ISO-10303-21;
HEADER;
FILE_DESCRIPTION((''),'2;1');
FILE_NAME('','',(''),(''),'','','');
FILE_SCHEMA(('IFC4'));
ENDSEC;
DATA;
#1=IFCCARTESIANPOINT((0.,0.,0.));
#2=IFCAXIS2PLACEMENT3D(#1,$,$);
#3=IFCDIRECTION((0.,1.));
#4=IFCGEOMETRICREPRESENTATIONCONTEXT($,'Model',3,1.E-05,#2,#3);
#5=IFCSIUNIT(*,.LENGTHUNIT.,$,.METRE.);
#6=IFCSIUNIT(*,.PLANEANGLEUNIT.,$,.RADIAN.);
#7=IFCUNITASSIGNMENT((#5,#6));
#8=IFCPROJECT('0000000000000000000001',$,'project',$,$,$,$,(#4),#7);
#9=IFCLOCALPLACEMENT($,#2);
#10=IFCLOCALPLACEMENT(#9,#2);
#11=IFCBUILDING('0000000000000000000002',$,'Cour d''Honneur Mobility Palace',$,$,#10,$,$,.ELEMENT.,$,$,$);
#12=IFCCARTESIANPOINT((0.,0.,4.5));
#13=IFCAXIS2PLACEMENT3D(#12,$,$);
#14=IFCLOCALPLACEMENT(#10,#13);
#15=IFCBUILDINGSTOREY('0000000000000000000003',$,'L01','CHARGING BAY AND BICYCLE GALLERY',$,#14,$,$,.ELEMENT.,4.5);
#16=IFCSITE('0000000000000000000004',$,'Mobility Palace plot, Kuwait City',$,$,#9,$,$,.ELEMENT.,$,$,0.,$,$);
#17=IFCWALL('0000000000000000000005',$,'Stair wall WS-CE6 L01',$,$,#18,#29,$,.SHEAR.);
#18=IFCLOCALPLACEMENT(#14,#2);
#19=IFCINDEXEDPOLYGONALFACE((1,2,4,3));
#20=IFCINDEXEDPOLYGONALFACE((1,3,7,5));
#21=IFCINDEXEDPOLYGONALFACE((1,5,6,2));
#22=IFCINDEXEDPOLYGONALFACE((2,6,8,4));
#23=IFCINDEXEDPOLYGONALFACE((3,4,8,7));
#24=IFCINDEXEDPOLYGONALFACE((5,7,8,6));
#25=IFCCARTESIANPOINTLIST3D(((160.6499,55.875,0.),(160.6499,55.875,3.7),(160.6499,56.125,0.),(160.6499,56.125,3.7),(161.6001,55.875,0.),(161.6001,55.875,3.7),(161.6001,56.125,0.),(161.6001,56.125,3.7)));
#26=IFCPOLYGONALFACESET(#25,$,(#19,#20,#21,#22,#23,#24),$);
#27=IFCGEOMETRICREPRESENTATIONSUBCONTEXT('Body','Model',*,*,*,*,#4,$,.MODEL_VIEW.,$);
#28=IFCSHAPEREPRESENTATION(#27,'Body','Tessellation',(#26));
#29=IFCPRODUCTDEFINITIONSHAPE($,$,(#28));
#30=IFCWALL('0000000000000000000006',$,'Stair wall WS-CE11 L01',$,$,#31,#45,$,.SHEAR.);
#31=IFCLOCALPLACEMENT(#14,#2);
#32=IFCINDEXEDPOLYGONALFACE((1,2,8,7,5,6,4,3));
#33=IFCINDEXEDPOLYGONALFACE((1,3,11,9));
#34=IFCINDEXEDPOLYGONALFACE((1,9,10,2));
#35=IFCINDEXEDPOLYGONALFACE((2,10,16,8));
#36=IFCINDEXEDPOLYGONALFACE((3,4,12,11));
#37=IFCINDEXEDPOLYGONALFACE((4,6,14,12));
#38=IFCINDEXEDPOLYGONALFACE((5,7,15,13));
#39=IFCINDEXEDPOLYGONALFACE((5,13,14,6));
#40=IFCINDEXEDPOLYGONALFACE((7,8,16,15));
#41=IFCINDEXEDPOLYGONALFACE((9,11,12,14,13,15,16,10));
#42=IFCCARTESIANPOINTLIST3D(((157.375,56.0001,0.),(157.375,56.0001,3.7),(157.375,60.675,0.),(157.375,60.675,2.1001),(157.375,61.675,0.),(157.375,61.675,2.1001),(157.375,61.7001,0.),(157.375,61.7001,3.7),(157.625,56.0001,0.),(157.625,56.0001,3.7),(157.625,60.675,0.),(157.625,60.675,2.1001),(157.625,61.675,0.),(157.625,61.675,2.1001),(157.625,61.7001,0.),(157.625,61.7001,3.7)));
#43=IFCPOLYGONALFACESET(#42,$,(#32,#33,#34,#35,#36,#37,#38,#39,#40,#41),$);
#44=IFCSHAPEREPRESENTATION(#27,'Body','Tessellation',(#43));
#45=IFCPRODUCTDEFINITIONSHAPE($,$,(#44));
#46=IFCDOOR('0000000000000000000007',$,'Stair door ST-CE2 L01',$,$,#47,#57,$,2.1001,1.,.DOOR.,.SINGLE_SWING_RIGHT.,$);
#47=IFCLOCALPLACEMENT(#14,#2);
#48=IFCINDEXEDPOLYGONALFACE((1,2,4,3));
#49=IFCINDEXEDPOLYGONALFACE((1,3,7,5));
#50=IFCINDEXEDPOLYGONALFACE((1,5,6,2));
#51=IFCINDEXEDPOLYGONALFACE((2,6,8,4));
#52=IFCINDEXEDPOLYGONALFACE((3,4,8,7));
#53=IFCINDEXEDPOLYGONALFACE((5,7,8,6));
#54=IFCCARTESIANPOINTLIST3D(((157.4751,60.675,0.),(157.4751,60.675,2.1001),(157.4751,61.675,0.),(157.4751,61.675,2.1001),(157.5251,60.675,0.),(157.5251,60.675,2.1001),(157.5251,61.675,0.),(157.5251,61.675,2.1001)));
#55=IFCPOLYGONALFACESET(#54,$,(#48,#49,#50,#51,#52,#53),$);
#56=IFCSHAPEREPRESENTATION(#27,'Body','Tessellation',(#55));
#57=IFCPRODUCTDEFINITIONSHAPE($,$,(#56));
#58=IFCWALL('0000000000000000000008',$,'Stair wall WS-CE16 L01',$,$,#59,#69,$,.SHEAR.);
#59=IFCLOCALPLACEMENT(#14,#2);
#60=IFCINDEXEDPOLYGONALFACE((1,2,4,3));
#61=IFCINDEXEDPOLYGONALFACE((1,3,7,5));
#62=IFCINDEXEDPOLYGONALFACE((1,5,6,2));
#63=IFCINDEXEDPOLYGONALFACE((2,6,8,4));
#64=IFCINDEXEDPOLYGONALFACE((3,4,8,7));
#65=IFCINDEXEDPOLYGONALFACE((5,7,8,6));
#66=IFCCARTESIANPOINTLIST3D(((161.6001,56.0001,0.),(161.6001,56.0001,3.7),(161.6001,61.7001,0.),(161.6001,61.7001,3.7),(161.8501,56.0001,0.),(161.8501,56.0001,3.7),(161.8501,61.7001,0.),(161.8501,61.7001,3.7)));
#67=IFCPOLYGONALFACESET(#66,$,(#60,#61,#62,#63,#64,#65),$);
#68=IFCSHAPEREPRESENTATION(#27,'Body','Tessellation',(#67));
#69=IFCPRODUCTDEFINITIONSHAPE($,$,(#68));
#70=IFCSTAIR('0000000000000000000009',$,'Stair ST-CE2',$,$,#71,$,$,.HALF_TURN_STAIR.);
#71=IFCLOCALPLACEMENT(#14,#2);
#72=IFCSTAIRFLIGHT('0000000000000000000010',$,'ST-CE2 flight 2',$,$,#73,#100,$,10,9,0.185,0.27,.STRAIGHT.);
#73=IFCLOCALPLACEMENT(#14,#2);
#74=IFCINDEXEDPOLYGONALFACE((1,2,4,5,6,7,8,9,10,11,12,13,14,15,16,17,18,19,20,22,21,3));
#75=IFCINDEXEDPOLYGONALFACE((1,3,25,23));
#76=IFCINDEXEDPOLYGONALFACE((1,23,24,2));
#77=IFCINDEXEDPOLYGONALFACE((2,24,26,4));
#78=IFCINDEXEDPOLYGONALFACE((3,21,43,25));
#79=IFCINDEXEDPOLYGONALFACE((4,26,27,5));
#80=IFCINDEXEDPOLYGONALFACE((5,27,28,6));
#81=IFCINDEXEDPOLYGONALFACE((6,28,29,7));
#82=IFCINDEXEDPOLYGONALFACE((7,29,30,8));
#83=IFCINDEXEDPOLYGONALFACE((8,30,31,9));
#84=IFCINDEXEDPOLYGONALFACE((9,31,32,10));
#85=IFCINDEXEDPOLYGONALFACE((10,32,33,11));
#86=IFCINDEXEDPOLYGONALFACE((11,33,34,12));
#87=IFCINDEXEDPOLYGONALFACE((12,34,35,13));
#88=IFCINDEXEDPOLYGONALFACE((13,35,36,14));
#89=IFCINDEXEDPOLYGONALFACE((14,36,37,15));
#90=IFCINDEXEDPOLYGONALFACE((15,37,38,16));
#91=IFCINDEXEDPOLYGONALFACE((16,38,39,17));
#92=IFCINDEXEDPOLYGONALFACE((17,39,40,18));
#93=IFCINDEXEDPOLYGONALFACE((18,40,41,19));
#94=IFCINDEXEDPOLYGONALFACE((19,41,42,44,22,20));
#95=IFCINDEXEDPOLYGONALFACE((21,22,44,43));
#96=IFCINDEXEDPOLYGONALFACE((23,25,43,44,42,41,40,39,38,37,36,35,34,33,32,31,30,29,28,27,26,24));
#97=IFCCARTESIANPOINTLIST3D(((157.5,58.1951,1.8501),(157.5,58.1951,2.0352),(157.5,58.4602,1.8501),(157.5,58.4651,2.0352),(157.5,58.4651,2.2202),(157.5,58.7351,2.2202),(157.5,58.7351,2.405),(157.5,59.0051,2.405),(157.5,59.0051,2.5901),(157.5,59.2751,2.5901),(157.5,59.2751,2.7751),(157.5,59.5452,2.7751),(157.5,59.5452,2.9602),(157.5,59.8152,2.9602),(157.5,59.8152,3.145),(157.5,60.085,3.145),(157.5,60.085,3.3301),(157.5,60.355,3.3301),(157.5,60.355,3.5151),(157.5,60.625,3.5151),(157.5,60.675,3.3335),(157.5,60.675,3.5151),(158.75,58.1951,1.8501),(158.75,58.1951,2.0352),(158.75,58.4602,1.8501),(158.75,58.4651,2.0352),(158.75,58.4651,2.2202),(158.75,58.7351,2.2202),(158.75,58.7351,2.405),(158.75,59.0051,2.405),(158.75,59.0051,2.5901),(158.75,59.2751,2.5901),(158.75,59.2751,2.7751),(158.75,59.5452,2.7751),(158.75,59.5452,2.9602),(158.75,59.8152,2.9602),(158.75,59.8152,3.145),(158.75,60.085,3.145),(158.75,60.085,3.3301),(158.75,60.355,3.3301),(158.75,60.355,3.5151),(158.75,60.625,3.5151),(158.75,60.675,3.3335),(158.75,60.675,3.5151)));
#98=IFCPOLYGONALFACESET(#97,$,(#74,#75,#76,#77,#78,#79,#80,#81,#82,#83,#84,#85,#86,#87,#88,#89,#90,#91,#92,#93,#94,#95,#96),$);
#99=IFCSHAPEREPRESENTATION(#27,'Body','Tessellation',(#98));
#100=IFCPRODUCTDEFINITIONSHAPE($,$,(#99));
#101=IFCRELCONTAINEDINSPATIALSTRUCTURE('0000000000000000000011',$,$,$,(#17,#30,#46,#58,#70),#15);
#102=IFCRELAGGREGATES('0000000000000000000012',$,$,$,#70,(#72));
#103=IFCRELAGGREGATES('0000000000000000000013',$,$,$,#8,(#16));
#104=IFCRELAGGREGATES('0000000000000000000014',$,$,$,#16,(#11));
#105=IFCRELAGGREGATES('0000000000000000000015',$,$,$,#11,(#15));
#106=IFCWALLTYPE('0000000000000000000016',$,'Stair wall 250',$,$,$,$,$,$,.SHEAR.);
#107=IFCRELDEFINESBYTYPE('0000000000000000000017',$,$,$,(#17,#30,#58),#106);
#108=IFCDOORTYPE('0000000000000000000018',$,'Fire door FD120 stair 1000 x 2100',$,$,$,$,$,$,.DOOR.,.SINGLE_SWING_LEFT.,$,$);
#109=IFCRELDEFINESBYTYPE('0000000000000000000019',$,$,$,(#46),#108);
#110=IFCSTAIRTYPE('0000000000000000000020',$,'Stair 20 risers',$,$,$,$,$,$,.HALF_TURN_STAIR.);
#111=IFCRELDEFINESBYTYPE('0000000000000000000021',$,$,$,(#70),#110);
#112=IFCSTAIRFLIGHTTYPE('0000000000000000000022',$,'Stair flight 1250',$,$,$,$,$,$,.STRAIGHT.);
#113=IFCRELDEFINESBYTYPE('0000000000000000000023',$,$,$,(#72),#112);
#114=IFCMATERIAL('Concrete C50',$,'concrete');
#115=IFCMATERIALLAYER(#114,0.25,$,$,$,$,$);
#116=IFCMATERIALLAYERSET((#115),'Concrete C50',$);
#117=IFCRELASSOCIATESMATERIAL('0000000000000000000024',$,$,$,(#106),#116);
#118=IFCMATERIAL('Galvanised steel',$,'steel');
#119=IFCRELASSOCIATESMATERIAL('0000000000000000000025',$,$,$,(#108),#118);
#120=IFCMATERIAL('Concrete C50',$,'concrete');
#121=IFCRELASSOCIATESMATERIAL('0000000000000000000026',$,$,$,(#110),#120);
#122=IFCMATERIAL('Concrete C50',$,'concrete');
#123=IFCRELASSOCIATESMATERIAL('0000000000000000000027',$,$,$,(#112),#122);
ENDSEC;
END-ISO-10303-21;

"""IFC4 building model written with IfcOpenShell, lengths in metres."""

from ifc_helpers import new_model, si_unit, direction, frame, frame_2d, origin, place, context, subcontext, project, spatial, polyline, rectangle, outline, extrude, material, layer, layer_set, type_object, element, fill, aggregate, save


model = new_model("IFC4")

# Units and contexts
model_context = context("Model", 3, precision=1e-05, world=origin(), true_north=direction((0.0, 1.0)))
body_context = subcontext(model_context, "Body", "Model", "MODEL_VIEW")
ifc_project = project(units=[si_unit("LENGTHUNIT", "METRE"), si_unit("PLANEANGLEUNIT", "RADIAN")], contexts=[model_context])

# Site, building, storey
site_placement = place(None, origin())
site = spatial("IfcSite", under=ifc_project, at=site_placement, Name="Mobility Palace plot, Kuwait City", CompositionType="ELEMENT", RefElevation=0.0)
building_placement = place(site_placement, origin())
building = spatial("IfcBuilding", under=site, at=building_placement, Name="Cour d'Honneur Mobility Palace", CompositionType="ELEMENT")
storey_placement = place(building_placement, frame((0.0, 0.0, 4.5)))
storey = spatial("IfcBuildingStorey", under=building, at=storey_placement, Name="L01", Description="CHARGING BAY AND BICYCLE GALLERY", CompositionType="ELEMENT", Elevation=4.5)

# Wall
ifc_material_1 = material(Name="Concrete C50", Category="concrete")
ifc_layer_1 = layer(ifc_material_1, 0.25)
ifc_layer_set_1 = layer_set([ifc_layer_1], Name="Concrete C50")
wall_type_1 = type_object("IfcWallType", Name="Stair wall 250", PredefinedType="SHEAR", material=ifc_layer_set_1)
wall_1_placement = place(storey_placement, frame((160.6499, 56.0, 0.0), z_axis=(0.0, 0.0, 1.0), x_axis=(1.0, 0.0, 0.0)))
element("IfcWall", 1, at=wall_1_placement, inside=storey, type_object=wall_type_1, Name="Stair wall WS-CE6 L01", PredefinedType="SHEAR", context=body_context, shape_type="SweptSolid", body=[
    extrude(rectangle(XDim=0.9502, YDim=0.25, at=frame_2d((0.4751, 0.0))), origin(), (0.0, 0.0, 1.0), 3.7),
])

# Wall, opening, door
wall_2_placement = place(storey_placement, frame((157.5, 56.0, 0.0), z_axis=(0.0, 0.0, 1.0), x_axis=(0.0, 1.0, 0.0)))
wall_2 = element("IfcWall", 2, at=wall_2_placement, inside=storey, type_object=wall_type_1, Name="Stair wall WS-CE11 L01", PredefinedType="SHEAR", context=body_context, shape_type="SweptSolid", body=[
    extrude(rectangle(XDim=5.7, YDim=0.25, at=frame_2d((2.8501, 0.0))), origin(), (0.0, 0.0, 1.0), 3.7),
])
opening_placement = place(wall_2_placement, frame((4.675, 0.0, 0.0)))
opening = element("IfcOpeningElement", 3, at=opening_placement, cuts=wall_2, PredefinedType="OPENING", context=body_context, shape_type="SweptSolid", body=[
    extrude(rectangle(XDim=1.0, YDim=2.1001, at=frame_2d((0.5, 1.05))), frame((0.0, 0.135, 0.0), z_axis=(0.0, -1.0, 0.0), x_axis=(1.0, 0.0, 0.0)), (0.0, 0.0, 1.0), 0.27),
])
ifc_material_2 = material(Name="Galvanised steel", Category="steel")
door_type = type_object("IfcDoorType", Name="Fire door FD120 stair 1000 x 2100", OperationType="SINGLE_SWING_LEFT", PredefinedType="DOOR", material=ifc_material_2)
door_placement = place(opening_placement, origin())
door = element("IfcDoor", 4, at=door_placement, inside=storey, type_object=door_type, Name="Stair door ST-CE2 L01", OperationType="SINGLE_SWING_RIGHT", OverallHeight=2.1001, OverallWidth=1.0, PredefinedType="DOOR", context=body_context, shape_type="SweptSolid", body=[
    extrude(rectangle(XDim=1.0, YDim=2.1001, at=frame_2d((0.5, 1.05))), frame((0.0, 0.0249, 0.0), z_axis=(0.0, -1.0, 0.0), x_axis=(1.0, 0.0, 0.0)), (0.0, 0.0, 1.0), 0.05),
])
fill(opening, door)

# Wall
wall_3_placement = place(storey_placement, frame((161.7251, 56.0, 0.0), z_axis=(0.0, 0.0, 1.0), x_axis=(0.0, 1.0, 0.0)))
element("IfcWall", 5, at=wall_3_placement, inside=storey, type_object=wall_type_1, Name="Stair wall WS-CE16 L01", PredefinedType="SHEAR", context=body_context, shape_type="SweptSolid", body=[
    extrude(rectangle(XDim=5.7, YDim=0.25, at=frame_2d((2.8501, 0.0))), origin(), (0.0, 0.0, 1.0), 3.7),
])

# Stair, stair flight
ifc_material_3 = material(Name="Concrete C50", Category="concrete")
stair_type = type_object("IfcStairType", Name="Stair 20 risers", PredefinedType="HALF_TURN_STAIR", material=ifc_material_3)
stair_placement = place(storey_placement, origin())
stair = element("IfcStair", 6, at=stair_placement, inside=storey, type_object=stair_type, Name="Stair ST-CE2", PredefinedType="HALF_TURN_STAIR")
ifc_material_4 = material(Name="Concrete C50", Category="concrete")
stair_flight_type = type_object("IfcStairFlightType", Name="Stair flight 1250", PredefinedType="STRAIGHT", material=ifc_material_4)
stair_flight_placement = place(storey_placement, frame((158.125, 58.1951, 1.8501), z_axis=(0.0, 0.0, 1.0), x_axis=(0.0, 1.0, 0.0)))
stair_flight = element("IfcStairFlight", 7, at=stair_flight_placement, type_object=stair_flight_type, Name="ST-CE2 flight 2", NumberOfRisers=10, NumberOfTreads=9, PredefinedType="STRAIGHT", RiserHeight=0.185, TreadLength=0.27, context=body_context, shape_type="SweptSolid", body=[
    extrude(outline(polyline([(0.0, 0.0), (0.0, 0.1851), (0.27, 0.1851), (0.27, 0.3701), (0.54, 0.3701), (0.54, 0.5549), (0.8101, 0.5549), (0.8101, 0.74), (1.0801, 0.74), (1.0801, 0.925), (1.3501, 0.925), (1.3501, 1.1101), (1.6201, 1.1101), (1.6201, 1.2949), (1.8899, 1.2949), (1.8899, 1.48), (2.1599, 1.48), (2.1599, 1.665), (2.4299, 1.665), (2.48, 1.665), (2.48, 1.4834), (0.2651, 0.0), (0.0, 0.0)])), frame((0.0, 0.625, 0.0), z_axis=(0.0, -1.0, 0.0), x_axis=(1.0, 0.0, 0.0)), (0.0, 0.0, 1.0), 1.25),
])
aggregate(stair, [stair_flight])

save(model, "model.ifc")
